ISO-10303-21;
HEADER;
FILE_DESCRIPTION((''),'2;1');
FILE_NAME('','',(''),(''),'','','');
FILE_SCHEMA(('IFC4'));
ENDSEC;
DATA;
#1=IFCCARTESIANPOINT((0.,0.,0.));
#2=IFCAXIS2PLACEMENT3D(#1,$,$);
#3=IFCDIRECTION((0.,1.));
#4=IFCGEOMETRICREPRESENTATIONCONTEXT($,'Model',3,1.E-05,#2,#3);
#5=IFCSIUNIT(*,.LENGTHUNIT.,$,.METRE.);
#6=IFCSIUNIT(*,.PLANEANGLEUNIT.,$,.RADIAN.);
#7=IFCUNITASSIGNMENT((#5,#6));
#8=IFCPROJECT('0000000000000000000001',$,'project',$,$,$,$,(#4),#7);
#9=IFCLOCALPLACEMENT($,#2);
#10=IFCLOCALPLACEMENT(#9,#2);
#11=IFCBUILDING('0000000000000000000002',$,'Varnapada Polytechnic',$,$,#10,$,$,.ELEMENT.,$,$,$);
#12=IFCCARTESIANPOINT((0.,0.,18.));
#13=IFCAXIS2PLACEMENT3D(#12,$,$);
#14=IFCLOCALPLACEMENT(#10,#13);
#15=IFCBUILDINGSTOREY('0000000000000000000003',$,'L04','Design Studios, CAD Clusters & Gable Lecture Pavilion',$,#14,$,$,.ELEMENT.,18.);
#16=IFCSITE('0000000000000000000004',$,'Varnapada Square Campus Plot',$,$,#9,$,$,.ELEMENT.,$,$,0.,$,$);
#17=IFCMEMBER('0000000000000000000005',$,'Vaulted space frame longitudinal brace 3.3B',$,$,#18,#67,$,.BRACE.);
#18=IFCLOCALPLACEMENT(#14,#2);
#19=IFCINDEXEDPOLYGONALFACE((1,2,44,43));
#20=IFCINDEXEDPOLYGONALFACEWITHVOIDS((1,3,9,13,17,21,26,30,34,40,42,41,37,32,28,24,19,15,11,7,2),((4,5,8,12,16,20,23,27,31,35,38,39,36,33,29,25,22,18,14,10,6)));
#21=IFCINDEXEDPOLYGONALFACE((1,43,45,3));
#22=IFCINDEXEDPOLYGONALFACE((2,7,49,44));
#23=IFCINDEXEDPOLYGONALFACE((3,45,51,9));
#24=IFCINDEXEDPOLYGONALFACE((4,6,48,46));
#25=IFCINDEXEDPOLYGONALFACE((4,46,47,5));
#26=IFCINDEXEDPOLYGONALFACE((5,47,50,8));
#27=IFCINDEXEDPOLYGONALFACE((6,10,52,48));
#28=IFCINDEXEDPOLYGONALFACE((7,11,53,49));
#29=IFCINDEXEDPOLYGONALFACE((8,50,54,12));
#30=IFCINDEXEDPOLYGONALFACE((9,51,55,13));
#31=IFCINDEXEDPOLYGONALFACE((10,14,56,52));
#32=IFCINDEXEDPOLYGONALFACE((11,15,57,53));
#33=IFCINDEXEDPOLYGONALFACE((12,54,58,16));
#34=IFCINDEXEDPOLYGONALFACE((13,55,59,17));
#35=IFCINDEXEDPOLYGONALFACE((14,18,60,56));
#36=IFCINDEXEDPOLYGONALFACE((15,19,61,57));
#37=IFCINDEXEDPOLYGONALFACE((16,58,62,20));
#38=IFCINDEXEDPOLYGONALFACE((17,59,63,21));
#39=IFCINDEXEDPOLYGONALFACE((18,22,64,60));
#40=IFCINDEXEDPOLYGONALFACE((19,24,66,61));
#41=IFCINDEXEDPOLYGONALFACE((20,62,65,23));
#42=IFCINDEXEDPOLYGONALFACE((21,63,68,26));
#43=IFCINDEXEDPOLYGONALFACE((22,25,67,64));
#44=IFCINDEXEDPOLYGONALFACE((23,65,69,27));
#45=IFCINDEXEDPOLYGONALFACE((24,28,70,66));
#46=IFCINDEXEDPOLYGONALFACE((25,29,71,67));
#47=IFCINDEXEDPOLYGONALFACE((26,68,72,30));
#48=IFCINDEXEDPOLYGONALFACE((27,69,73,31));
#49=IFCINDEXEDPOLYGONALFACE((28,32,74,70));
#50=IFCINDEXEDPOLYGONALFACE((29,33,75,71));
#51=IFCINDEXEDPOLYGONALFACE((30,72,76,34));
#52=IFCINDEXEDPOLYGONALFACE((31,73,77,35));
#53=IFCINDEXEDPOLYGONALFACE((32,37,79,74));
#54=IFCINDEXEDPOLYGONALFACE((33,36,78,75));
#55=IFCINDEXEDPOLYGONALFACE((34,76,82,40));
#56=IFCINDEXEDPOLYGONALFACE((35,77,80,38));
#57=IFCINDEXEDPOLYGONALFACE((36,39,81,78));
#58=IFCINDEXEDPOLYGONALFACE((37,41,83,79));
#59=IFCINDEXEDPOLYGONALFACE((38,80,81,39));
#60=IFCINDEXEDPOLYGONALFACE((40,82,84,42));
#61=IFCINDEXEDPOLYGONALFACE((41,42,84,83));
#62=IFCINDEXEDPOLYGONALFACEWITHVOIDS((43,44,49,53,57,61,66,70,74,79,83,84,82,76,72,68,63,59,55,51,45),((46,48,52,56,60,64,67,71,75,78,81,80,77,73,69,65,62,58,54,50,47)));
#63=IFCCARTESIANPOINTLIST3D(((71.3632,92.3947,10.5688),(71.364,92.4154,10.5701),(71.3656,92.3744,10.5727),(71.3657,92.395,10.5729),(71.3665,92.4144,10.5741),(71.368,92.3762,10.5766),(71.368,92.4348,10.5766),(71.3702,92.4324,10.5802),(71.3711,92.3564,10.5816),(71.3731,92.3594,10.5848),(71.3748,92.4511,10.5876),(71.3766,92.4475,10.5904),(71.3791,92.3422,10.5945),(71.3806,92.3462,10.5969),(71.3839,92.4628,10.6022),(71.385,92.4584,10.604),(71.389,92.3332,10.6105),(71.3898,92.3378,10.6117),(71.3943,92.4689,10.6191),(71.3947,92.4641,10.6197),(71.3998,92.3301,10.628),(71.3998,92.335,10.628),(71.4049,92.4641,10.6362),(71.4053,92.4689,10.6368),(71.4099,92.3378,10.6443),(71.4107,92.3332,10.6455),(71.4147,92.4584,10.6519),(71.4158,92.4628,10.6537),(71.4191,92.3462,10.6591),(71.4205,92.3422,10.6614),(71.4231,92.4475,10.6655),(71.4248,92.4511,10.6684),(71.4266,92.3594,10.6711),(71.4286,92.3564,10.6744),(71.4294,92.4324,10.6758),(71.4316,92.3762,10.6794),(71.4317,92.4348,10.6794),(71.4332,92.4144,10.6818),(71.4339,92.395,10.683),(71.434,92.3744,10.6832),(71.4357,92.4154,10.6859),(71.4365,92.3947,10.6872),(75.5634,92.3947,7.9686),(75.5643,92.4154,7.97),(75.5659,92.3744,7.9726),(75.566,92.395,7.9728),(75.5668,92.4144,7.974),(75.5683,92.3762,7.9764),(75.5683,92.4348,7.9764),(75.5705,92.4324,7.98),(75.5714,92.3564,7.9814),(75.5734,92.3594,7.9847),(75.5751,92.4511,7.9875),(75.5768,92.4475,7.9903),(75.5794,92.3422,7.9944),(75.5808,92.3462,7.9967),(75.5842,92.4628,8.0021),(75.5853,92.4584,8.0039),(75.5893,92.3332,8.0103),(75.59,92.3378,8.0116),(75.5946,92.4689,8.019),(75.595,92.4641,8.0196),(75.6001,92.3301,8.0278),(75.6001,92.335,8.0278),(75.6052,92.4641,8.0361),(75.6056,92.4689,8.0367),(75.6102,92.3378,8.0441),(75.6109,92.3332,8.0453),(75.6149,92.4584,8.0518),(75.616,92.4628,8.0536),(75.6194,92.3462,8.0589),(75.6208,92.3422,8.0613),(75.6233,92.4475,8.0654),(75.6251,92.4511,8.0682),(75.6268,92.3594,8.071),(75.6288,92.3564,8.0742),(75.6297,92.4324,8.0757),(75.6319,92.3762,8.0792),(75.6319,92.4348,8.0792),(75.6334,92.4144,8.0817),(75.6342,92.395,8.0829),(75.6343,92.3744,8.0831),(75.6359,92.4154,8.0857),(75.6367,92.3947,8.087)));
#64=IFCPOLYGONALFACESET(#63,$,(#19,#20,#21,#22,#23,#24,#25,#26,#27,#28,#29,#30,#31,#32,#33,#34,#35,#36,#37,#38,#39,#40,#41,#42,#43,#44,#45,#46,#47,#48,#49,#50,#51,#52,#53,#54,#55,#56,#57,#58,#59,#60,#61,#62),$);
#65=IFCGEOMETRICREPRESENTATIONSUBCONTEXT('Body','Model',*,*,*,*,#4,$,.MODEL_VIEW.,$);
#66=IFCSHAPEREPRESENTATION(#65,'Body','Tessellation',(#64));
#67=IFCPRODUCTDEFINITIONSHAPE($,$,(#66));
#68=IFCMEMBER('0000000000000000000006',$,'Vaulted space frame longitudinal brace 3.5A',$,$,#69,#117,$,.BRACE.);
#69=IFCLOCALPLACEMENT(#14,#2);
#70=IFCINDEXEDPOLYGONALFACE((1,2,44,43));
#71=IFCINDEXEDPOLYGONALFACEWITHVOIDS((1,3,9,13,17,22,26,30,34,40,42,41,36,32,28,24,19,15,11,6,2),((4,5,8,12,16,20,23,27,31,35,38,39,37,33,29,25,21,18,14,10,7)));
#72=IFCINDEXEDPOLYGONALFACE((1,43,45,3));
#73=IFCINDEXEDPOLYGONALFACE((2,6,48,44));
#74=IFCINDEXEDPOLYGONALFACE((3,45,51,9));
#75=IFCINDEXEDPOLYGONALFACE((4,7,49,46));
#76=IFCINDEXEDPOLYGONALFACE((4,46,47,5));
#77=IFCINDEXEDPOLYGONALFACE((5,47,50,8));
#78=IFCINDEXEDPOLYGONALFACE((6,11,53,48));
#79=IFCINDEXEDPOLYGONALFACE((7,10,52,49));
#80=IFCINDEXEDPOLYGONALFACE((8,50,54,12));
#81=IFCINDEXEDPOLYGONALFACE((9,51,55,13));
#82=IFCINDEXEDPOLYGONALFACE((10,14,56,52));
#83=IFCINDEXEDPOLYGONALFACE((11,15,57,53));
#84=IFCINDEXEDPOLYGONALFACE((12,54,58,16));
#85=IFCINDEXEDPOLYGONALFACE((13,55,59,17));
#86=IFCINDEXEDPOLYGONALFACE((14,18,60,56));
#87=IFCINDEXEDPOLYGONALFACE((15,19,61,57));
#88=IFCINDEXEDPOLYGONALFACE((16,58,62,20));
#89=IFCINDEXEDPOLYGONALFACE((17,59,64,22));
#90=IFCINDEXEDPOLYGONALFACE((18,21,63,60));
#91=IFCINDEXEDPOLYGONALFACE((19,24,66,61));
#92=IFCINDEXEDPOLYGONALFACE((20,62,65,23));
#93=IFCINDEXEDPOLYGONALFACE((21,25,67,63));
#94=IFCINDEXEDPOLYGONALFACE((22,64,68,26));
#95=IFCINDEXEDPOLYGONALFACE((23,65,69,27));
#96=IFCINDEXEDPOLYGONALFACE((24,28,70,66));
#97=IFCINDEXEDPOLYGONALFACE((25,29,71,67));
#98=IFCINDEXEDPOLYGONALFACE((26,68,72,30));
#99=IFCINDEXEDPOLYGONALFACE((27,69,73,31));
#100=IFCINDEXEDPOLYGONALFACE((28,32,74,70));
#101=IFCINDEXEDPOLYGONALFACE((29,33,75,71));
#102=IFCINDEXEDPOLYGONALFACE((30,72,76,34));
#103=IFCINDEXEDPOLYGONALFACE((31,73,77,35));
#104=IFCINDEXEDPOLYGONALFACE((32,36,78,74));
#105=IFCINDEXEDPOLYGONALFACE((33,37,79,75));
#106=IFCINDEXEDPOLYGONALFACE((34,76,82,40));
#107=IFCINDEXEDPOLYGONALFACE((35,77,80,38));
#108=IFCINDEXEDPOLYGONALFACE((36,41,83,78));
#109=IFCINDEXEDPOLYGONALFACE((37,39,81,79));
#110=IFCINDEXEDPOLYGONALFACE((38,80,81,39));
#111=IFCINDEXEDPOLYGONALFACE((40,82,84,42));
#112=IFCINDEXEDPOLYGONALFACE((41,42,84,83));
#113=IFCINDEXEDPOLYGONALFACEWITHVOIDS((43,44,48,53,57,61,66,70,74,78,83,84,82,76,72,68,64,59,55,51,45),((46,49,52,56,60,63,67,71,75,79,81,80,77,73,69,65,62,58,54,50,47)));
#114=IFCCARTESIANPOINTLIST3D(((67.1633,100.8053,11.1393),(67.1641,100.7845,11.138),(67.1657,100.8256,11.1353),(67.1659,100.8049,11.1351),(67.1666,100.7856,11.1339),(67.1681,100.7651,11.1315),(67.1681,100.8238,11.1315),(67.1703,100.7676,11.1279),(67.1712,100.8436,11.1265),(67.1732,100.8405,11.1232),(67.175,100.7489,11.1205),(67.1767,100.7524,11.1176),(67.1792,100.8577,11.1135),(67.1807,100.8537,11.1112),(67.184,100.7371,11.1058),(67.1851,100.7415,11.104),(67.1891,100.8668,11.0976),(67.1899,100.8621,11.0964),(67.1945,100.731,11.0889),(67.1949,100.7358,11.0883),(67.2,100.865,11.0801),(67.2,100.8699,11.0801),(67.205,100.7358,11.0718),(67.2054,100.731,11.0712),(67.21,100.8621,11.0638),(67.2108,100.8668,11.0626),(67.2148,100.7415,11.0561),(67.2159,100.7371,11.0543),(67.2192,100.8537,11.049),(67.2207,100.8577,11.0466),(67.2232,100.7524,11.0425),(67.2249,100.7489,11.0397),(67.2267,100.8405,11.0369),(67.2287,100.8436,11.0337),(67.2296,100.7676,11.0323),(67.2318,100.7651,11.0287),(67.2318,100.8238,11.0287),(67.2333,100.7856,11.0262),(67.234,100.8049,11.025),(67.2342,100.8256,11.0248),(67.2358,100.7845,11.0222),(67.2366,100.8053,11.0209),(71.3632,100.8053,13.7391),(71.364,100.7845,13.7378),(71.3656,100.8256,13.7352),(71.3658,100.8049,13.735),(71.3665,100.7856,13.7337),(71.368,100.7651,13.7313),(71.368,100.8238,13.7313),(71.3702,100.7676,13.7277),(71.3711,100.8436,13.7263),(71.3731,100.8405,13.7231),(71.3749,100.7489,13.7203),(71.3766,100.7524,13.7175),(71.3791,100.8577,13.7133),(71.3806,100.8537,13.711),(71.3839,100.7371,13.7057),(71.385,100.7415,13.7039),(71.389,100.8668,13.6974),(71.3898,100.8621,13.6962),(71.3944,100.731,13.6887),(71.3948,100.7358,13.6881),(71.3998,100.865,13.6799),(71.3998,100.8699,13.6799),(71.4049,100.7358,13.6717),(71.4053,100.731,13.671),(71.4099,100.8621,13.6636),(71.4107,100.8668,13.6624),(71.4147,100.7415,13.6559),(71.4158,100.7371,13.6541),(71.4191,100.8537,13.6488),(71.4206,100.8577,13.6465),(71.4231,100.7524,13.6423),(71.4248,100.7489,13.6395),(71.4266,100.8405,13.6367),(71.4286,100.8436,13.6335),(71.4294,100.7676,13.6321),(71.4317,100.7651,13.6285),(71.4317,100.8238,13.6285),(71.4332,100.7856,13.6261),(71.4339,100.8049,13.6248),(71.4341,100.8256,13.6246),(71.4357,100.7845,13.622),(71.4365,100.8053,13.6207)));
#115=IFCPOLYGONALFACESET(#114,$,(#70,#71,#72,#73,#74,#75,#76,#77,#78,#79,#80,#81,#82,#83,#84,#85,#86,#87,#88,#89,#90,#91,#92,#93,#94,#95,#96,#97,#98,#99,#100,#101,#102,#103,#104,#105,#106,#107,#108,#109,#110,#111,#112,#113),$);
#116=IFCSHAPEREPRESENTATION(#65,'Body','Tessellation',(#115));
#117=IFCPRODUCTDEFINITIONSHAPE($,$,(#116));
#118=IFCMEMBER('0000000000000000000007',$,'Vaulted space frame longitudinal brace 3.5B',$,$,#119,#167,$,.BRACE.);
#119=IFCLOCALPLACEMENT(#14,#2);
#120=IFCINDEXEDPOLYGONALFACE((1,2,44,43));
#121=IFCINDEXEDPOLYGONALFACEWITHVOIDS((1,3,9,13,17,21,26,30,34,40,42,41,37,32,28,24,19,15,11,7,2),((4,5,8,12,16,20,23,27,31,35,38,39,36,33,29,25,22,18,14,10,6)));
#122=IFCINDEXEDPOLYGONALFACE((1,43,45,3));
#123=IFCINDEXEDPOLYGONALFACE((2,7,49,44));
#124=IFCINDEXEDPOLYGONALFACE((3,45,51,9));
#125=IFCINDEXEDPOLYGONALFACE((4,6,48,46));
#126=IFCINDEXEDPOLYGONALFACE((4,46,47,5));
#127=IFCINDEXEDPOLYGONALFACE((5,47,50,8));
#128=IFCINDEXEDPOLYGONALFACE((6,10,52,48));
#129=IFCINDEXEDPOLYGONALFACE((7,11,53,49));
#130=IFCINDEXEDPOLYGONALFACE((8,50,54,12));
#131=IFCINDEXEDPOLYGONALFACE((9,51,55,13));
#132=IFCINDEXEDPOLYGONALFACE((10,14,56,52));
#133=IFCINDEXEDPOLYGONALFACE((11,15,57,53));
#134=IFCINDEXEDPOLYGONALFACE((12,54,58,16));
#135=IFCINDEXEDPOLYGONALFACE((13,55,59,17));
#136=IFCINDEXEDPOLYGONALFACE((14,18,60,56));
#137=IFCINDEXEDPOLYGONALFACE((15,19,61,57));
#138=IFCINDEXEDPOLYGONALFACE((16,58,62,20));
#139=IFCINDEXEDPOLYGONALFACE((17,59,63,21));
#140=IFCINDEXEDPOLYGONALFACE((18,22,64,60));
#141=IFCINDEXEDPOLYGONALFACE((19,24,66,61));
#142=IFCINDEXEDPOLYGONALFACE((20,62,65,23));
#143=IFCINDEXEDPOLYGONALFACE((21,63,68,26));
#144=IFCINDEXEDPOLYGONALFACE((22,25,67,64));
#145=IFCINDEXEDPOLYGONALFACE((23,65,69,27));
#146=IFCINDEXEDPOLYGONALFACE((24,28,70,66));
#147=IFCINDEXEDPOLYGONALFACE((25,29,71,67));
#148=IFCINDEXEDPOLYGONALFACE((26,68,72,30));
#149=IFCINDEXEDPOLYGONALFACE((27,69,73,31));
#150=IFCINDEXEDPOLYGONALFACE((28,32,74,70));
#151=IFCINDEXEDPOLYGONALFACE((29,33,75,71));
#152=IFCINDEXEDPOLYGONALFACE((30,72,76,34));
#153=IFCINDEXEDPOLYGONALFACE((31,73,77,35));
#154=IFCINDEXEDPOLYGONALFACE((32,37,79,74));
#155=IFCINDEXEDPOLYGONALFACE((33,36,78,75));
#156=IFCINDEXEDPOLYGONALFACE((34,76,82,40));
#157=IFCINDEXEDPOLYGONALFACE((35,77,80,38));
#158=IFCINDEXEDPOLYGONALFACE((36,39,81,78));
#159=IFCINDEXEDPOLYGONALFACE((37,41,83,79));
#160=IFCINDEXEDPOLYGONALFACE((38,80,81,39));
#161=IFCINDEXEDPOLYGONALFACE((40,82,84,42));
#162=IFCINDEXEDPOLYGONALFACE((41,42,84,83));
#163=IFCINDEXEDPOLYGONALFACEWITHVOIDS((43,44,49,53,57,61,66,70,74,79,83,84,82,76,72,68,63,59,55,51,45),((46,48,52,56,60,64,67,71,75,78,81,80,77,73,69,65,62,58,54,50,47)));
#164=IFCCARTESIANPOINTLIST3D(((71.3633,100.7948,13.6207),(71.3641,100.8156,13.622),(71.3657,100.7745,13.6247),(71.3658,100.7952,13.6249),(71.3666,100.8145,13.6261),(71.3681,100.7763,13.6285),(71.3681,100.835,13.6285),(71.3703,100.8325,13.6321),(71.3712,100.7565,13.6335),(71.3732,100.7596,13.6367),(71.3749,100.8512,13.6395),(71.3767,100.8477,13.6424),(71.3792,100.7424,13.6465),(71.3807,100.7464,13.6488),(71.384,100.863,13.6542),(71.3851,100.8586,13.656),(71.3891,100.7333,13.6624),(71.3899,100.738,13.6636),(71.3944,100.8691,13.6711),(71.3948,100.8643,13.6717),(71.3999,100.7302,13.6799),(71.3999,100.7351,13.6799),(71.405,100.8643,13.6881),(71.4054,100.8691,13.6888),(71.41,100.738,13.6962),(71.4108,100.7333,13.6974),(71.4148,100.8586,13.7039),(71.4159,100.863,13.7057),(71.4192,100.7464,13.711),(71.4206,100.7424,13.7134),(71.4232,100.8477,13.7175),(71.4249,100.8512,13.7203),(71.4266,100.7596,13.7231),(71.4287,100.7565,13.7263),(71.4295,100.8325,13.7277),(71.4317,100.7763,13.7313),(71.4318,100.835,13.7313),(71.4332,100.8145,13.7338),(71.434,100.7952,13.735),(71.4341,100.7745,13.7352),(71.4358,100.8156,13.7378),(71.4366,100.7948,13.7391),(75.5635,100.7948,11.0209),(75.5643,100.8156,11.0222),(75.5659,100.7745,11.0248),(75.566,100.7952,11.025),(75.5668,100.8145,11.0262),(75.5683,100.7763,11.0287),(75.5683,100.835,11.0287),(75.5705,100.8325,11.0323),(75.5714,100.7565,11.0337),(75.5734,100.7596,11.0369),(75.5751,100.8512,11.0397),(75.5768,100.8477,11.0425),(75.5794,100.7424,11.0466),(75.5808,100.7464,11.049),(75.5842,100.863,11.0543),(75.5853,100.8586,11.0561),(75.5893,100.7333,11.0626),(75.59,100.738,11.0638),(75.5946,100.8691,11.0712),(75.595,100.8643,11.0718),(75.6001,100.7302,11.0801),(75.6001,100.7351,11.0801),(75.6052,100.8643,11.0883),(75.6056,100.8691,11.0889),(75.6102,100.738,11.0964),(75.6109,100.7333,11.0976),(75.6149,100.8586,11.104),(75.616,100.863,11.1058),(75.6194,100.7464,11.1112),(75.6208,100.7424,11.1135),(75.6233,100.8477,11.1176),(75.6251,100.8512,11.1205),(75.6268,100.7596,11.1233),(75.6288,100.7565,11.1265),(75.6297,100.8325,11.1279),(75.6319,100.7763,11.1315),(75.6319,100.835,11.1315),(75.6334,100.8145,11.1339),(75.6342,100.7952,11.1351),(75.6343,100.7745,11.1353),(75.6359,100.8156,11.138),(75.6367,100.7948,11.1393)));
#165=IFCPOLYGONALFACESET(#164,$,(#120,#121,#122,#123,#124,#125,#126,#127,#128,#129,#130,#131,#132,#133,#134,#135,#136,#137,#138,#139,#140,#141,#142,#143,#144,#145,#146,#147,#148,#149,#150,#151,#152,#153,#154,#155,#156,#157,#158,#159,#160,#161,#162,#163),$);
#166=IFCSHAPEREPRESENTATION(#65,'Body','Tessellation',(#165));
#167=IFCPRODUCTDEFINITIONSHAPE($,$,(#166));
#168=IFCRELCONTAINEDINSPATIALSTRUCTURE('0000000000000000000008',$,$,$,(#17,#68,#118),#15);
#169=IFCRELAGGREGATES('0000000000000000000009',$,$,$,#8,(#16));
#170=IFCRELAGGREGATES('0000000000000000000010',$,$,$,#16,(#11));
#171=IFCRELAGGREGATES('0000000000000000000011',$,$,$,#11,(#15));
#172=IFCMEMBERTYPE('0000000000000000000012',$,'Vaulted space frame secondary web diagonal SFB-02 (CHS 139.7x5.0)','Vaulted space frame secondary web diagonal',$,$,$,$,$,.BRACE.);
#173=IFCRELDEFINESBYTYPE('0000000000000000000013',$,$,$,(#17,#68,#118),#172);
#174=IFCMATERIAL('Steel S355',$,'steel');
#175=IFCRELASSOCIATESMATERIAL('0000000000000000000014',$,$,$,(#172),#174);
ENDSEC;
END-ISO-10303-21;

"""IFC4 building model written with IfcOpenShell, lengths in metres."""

from ifc_helpers import new_model, si_unit, direction, frame, origin, origin_2d, place, context, subcontext, project, spatial, hollow_circle, extrude, material, material_profile, profile_set, type_object, element, save


model = new_model("IFC4")

# Units and contexts
model_context = context("Model", 3, precision=1e-05, world=origin(), true_north=direction((0.0, 1.0)))
body_context = subcontext(model_context, "Body", "Model", "MODEL_VIEW")
ifc_project = project(units=[si_unit("LENGTHUNIT", "METRE"), si_unit("PLANEANGLEUNIT", "RADIAN")], contexts=[model_context])

# Site, building, storey
site_placement = place(None, origin())
site = spatial("IfcSite", under=ifc_project, at=site_placement, Name="Varnapada Square Campus Plot", CompositionType="ELEMENT", RefElevation=0.0)
building_placement = place(site_placement, origin())
building = spatial("IfcBuilding", under=site, at=building_placement, Name="Varnapada Polytechnic", CompositionType="ELEMENT")
storey_placement = place(building_placement, frame((0.0, 0.0, 18.0)))
storey = spatial("IfcBuildingStorey", under=building, at=storey_placement, Name="L04", Description="Design Studios, CAD Clusters & Gable Lecture Pavilion", CompositionType="ELEMENT", Elevation=18.0)

# Shared definitions
ifc_material = material(Name="Steel S355", Category="steel")

# Members
ifc_material_profile_1 = material_profile(ifc_material, hollow_circle(Radius=0.0698, WallThickness=0.0049, at=origin_2d()), Name="CHS 139.7x5.0")
ifc_profile_set_1 = profile_set([ifc_material_profile_1], Name="Steel S355")
member_type_1 = type_object("IfcMemberType", Name="Vaulted space frame secondary web diagonal SFB-02 (CHS 139.7x5.0)", Description="Vaulted space frame secondary web diagonal", PredefinedType="BRACE", material=ifc_profile_set_1)
member_1_placement = place(storey_placement, frame((75.6001, 92.3999, 8.0278), z_axis=(-0.850267, 0.0, 0.526351), x_axis=(0.0, -1.0, 0.0)))
element("IfcMember", 1, at=member_1_placement, inside=storey, type_object=member_type_1, Name="Vaulted space frame longitudinal brace 3.3B", PredefinedType="BRACE", context=body_context, shape_type="SweptSolid", body=[
    extrude(hollow_circle(Radius=0.0698, WallThickness=0.0049, at=origin_2d()), origin(), (0.0, 0.0, 1.0), 4.9399),
])
member_2_placement = place(storey_placement, frame((67.2, 100.8, 11.0801), z_axis=(0.850276, 0.0, 0.526338), x_axis=(0.0, 1.0, 0.0)))
element("IfcMember", 2, at=member_2_placement, inside=storey, type_object=member_type_1, Name="Vaulted space frame longitudinal brace 3.5A", PredefinedType="BRACE", context=body_context, shape_type="SweptSolid", body=[
    extrude(hollow_circle(Radius=0.0698, WallThickness=0.0049, at=origin_2d()), origin(), (0.0, 0.0, 1.0), 4.9395),
])
for number, where, z_axis, x_axis, name in (
    (3, (75.6001, 100.8, 11.0801), (-0.850289, 0.0, 0.526315), (0.0, -1.0, 0.0), "Vaulted space frame longitudinal brace 3.5B"),
):
    element("IfcMember", number, at=place(storey_placement, frame(where, z_axis=z_axis, x_axis=x_axis)), inside=storey, type_object=member_type_1, Name=name, PredefinedType="BRACE", context=body_context, shape_type="SweptSolid", body=[
        extrude(hollow_circle(Radius=0.0698, WallThickness=0.0049, at=origin_2d()), origin(), (0.0, 0.0, 1.0), 4.9397),
    ])

save(model, "model.ifc")
